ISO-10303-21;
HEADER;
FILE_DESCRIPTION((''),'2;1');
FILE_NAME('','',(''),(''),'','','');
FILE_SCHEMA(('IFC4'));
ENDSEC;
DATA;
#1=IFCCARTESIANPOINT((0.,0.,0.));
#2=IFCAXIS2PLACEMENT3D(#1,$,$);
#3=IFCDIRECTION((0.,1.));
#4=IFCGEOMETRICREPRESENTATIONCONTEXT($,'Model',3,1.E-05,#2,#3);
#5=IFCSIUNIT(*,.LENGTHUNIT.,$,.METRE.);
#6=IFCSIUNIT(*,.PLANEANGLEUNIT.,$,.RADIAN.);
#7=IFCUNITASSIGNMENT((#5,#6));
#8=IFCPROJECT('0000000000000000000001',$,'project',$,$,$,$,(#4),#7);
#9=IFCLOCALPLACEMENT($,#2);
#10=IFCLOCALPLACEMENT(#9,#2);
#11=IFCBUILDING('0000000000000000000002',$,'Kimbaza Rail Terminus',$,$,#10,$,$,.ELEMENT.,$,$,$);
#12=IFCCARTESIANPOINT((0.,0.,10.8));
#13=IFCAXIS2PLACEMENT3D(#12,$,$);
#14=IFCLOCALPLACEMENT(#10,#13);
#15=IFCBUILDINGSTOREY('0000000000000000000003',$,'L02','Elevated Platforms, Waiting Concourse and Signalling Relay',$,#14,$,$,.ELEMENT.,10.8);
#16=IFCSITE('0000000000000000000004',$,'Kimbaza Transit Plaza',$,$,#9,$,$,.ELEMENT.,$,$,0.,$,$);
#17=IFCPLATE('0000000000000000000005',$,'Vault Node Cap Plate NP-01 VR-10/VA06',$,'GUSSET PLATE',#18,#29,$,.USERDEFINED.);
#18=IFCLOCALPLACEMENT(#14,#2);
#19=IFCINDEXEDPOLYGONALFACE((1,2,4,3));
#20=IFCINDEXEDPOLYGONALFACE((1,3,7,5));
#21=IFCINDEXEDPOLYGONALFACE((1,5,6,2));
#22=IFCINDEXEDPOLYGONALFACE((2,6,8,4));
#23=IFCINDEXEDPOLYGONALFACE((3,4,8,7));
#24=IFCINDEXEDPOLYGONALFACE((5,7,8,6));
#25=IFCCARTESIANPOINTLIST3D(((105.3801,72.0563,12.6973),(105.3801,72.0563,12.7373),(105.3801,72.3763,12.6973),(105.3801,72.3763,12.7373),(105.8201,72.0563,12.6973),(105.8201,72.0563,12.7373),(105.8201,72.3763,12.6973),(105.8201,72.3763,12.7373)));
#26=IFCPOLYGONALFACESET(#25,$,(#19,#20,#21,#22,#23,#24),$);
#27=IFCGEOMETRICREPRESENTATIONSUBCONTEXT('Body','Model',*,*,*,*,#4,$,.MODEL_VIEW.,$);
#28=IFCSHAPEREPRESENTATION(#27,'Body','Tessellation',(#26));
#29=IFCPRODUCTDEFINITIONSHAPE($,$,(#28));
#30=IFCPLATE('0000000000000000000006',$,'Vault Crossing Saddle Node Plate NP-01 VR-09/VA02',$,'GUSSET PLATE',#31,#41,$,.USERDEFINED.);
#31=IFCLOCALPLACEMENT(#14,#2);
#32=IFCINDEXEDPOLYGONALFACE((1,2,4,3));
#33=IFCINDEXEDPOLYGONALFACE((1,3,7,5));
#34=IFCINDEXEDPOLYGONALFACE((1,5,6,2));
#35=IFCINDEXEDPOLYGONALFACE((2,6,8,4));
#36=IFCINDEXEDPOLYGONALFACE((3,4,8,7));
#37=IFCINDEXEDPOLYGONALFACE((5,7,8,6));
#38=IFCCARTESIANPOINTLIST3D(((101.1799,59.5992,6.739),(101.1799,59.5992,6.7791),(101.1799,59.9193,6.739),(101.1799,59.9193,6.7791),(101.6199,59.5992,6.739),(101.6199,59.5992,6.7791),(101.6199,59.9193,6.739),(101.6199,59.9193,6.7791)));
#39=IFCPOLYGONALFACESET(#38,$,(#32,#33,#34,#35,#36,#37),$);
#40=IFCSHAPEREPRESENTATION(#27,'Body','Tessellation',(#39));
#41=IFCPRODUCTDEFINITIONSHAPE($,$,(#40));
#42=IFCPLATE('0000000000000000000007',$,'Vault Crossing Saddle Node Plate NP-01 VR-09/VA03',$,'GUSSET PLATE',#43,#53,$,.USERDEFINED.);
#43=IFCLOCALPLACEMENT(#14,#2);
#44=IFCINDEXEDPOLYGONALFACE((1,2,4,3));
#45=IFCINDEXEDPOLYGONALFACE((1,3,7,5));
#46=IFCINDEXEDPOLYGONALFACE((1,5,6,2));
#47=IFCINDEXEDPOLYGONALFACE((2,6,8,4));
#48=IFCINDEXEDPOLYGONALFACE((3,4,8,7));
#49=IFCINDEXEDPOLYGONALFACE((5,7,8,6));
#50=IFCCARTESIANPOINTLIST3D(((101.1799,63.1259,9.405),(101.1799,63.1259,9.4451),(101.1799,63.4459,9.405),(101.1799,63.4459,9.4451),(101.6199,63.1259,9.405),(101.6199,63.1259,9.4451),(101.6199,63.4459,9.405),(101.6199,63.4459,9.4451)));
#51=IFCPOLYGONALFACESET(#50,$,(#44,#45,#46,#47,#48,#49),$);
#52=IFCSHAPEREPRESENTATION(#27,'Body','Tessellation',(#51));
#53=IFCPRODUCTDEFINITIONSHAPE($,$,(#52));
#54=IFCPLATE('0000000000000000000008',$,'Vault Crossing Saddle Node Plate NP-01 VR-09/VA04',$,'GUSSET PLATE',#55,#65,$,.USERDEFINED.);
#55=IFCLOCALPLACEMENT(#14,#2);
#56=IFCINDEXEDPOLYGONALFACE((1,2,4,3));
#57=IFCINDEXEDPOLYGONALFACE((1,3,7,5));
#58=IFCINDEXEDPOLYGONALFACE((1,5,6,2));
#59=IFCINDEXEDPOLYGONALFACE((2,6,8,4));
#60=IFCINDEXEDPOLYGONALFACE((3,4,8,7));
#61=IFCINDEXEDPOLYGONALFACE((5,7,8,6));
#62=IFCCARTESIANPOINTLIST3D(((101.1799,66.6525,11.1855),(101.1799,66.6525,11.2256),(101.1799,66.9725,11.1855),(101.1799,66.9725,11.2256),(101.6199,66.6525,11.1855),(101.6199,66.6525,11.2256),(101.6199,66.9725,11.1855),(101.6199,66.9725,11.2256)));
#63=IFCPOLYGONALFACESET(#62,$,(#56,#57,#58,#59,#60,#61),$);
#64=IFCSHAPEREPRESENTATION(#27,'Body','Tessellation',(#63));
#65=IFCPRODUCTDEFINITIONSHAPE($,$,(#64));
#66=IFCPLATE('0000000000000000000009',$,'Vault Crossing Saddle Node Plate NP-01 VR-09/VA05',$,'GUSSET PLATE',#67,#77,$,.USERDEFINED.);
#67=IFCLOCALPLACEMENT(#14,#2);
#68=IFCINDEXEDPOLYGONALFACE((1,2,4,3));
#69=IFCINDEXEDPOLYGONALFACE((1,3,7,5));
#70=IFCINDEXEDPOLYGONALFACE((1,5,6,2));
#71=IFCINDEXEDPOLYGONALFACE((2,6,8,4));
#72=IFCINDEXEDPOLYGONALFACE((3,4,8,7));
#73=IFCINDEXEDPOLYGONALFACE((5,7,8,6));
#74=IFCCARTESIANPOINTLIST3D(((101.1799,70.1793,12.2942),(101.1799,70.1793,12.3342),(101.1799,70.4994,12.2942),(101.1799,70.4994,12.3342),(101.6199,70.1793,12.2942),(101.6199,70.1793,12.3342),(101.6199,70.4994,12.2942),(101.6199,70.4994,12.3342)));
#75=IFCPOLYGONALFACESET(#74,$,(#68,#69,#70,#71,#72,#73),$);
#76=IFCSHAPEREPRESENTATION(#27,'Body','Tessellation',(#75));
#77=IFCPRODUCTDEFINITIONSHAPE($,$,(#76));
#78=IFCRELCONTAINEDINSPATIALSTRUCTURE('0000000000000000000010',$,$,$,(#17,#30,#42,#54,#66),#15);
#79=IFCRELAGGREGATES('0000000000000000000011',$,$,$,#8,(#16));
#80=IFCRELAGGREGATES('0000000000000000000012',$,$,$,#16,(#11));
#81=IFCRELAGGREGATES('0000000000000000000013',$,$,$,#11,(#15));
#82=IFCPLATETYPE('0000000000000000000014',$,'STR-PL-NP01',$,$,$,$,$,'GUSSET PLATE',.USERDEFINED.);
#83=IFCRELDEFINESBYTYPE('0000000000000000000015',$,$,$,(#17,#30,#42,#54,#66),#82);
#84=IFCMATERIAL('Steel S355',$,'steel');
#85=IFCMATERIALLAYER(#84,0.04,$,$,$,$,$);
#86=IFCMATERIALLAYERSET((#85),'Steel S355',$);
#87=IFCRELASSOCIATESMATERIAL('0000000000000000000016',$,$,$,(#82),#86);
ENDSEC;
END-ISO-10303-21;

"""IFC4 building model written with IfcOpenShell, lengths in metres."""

from ifc_helpers import new_model, si_unit, direction, frame, origin, origin_2d, place, context, subcontext, project, spatial, rectangle, extrude, material, layer, layer_set, type_object, element, save


model = new_model("IFC4")

# Units and contexts
model_context = context("Model", 3, precision=1e-05, world=origin(), true_north=direction((0.0, 1.0)))
body_context = subcontext(model_context, "Body", "Model", "MODEL_VIEW")
ifc_project = project(units=[si_unit("LENGTHUNIT", "METRE"), si_unit("PLANEANGLEUNIT", "RADIAN")], contexts=[model_context])

# Site, building, storey
site_placement = place(None, origin())
site = spatial("IfcSite", under=ifc_project, at=site_placement, Name="Kimbaza Transit Plaza", CompositionType="ELEMENT", RefElevation=0.0)
building_placement = place(site_placement, origin())
building = spatial("IfcBuilding", under=site, at=building_placement, Name="Kimbaza Rail Terminus", CompositionType="ELEMENT")
storey_placement = place(building_placement, frame((0.0, 0.0, 10.8)))
storey = spatial("IfcBuildingStorey", under=building, at=storey_placement, Name="L02", Description="Elevated Platforms, Waiting Concourse and Signalling Relay", CompositionType="ELEMENT", Elevation=10.8)

# Plates
ifc_material_1 = material(Name="Steel S355", Category="steel")
ifc_layer_1 = layer(ifc_material_1, 0.04)
ifc_layer_set_1 = layer_set([ifc_layer_1], Name="Steel S355")
plate_type_1 = type_object("IfcPlateType", Name="STR-PL-NP01", ElementType="GUSSET PLATE", PredefinedType="USERDEFINED", material=ifc_layer_set_1)
for number, where, z_axis, x_axis, name in (
    (1, (105.6001, 72.2163, 12.6973), (0.0, 0.0, 1.0), (1.0, 0.0, 0.0), "Vault Node Cap Plate NP-01 VR-10/VA06"),
    (2, (101.3999, 59.7593, 6.739), (0.0, 0.0, 1.0), (1.0, 0.0, 0.0), "Vault Crossing Saddle Node Plate NP-01 VR-09/VA02"),
    (3, (101.3999, 63.2859, 9.405), (0.0, 0.0, 1.0), (1.0, 0.0, 0.0), "Vault Crossing Saddle Node Plate NP-01 VR-09/VA03"),
    (4, (101.3999, 66.8125, 11.1855), (0.0, 0.0, 1.0), (1.0, 0.0, 0.0), "Vault Crossing Saddle Node Plate NP-01 VR-09/VA04"),
    (5, (101.3999, 70.3394, 12.2942), (0.0, 0.0, 1.0), (1.0, 0.0, 0.0), "Vault Crossing Saddle Node Plate NP-01 VR-09/VA05"),
):
    element("IfcPlate", number, at=place(storey_placement, frame(where, z_axis=z_axis, x_axis=x_axis)), inside=storey, type_object=plate_type_1, Name=name, ObjectType="GUSSET PLATE", PredefinedType="USERDEFINED", context=body_context, shape_type="SweptSolid", body=[
        extrude(rectangle(XDim=0.4399, YDim=0.3201, at=origin_2d()), origin(), (0.0, 0.0, 1.0), 0.04),
    ])

save(model, "model.ifc")
